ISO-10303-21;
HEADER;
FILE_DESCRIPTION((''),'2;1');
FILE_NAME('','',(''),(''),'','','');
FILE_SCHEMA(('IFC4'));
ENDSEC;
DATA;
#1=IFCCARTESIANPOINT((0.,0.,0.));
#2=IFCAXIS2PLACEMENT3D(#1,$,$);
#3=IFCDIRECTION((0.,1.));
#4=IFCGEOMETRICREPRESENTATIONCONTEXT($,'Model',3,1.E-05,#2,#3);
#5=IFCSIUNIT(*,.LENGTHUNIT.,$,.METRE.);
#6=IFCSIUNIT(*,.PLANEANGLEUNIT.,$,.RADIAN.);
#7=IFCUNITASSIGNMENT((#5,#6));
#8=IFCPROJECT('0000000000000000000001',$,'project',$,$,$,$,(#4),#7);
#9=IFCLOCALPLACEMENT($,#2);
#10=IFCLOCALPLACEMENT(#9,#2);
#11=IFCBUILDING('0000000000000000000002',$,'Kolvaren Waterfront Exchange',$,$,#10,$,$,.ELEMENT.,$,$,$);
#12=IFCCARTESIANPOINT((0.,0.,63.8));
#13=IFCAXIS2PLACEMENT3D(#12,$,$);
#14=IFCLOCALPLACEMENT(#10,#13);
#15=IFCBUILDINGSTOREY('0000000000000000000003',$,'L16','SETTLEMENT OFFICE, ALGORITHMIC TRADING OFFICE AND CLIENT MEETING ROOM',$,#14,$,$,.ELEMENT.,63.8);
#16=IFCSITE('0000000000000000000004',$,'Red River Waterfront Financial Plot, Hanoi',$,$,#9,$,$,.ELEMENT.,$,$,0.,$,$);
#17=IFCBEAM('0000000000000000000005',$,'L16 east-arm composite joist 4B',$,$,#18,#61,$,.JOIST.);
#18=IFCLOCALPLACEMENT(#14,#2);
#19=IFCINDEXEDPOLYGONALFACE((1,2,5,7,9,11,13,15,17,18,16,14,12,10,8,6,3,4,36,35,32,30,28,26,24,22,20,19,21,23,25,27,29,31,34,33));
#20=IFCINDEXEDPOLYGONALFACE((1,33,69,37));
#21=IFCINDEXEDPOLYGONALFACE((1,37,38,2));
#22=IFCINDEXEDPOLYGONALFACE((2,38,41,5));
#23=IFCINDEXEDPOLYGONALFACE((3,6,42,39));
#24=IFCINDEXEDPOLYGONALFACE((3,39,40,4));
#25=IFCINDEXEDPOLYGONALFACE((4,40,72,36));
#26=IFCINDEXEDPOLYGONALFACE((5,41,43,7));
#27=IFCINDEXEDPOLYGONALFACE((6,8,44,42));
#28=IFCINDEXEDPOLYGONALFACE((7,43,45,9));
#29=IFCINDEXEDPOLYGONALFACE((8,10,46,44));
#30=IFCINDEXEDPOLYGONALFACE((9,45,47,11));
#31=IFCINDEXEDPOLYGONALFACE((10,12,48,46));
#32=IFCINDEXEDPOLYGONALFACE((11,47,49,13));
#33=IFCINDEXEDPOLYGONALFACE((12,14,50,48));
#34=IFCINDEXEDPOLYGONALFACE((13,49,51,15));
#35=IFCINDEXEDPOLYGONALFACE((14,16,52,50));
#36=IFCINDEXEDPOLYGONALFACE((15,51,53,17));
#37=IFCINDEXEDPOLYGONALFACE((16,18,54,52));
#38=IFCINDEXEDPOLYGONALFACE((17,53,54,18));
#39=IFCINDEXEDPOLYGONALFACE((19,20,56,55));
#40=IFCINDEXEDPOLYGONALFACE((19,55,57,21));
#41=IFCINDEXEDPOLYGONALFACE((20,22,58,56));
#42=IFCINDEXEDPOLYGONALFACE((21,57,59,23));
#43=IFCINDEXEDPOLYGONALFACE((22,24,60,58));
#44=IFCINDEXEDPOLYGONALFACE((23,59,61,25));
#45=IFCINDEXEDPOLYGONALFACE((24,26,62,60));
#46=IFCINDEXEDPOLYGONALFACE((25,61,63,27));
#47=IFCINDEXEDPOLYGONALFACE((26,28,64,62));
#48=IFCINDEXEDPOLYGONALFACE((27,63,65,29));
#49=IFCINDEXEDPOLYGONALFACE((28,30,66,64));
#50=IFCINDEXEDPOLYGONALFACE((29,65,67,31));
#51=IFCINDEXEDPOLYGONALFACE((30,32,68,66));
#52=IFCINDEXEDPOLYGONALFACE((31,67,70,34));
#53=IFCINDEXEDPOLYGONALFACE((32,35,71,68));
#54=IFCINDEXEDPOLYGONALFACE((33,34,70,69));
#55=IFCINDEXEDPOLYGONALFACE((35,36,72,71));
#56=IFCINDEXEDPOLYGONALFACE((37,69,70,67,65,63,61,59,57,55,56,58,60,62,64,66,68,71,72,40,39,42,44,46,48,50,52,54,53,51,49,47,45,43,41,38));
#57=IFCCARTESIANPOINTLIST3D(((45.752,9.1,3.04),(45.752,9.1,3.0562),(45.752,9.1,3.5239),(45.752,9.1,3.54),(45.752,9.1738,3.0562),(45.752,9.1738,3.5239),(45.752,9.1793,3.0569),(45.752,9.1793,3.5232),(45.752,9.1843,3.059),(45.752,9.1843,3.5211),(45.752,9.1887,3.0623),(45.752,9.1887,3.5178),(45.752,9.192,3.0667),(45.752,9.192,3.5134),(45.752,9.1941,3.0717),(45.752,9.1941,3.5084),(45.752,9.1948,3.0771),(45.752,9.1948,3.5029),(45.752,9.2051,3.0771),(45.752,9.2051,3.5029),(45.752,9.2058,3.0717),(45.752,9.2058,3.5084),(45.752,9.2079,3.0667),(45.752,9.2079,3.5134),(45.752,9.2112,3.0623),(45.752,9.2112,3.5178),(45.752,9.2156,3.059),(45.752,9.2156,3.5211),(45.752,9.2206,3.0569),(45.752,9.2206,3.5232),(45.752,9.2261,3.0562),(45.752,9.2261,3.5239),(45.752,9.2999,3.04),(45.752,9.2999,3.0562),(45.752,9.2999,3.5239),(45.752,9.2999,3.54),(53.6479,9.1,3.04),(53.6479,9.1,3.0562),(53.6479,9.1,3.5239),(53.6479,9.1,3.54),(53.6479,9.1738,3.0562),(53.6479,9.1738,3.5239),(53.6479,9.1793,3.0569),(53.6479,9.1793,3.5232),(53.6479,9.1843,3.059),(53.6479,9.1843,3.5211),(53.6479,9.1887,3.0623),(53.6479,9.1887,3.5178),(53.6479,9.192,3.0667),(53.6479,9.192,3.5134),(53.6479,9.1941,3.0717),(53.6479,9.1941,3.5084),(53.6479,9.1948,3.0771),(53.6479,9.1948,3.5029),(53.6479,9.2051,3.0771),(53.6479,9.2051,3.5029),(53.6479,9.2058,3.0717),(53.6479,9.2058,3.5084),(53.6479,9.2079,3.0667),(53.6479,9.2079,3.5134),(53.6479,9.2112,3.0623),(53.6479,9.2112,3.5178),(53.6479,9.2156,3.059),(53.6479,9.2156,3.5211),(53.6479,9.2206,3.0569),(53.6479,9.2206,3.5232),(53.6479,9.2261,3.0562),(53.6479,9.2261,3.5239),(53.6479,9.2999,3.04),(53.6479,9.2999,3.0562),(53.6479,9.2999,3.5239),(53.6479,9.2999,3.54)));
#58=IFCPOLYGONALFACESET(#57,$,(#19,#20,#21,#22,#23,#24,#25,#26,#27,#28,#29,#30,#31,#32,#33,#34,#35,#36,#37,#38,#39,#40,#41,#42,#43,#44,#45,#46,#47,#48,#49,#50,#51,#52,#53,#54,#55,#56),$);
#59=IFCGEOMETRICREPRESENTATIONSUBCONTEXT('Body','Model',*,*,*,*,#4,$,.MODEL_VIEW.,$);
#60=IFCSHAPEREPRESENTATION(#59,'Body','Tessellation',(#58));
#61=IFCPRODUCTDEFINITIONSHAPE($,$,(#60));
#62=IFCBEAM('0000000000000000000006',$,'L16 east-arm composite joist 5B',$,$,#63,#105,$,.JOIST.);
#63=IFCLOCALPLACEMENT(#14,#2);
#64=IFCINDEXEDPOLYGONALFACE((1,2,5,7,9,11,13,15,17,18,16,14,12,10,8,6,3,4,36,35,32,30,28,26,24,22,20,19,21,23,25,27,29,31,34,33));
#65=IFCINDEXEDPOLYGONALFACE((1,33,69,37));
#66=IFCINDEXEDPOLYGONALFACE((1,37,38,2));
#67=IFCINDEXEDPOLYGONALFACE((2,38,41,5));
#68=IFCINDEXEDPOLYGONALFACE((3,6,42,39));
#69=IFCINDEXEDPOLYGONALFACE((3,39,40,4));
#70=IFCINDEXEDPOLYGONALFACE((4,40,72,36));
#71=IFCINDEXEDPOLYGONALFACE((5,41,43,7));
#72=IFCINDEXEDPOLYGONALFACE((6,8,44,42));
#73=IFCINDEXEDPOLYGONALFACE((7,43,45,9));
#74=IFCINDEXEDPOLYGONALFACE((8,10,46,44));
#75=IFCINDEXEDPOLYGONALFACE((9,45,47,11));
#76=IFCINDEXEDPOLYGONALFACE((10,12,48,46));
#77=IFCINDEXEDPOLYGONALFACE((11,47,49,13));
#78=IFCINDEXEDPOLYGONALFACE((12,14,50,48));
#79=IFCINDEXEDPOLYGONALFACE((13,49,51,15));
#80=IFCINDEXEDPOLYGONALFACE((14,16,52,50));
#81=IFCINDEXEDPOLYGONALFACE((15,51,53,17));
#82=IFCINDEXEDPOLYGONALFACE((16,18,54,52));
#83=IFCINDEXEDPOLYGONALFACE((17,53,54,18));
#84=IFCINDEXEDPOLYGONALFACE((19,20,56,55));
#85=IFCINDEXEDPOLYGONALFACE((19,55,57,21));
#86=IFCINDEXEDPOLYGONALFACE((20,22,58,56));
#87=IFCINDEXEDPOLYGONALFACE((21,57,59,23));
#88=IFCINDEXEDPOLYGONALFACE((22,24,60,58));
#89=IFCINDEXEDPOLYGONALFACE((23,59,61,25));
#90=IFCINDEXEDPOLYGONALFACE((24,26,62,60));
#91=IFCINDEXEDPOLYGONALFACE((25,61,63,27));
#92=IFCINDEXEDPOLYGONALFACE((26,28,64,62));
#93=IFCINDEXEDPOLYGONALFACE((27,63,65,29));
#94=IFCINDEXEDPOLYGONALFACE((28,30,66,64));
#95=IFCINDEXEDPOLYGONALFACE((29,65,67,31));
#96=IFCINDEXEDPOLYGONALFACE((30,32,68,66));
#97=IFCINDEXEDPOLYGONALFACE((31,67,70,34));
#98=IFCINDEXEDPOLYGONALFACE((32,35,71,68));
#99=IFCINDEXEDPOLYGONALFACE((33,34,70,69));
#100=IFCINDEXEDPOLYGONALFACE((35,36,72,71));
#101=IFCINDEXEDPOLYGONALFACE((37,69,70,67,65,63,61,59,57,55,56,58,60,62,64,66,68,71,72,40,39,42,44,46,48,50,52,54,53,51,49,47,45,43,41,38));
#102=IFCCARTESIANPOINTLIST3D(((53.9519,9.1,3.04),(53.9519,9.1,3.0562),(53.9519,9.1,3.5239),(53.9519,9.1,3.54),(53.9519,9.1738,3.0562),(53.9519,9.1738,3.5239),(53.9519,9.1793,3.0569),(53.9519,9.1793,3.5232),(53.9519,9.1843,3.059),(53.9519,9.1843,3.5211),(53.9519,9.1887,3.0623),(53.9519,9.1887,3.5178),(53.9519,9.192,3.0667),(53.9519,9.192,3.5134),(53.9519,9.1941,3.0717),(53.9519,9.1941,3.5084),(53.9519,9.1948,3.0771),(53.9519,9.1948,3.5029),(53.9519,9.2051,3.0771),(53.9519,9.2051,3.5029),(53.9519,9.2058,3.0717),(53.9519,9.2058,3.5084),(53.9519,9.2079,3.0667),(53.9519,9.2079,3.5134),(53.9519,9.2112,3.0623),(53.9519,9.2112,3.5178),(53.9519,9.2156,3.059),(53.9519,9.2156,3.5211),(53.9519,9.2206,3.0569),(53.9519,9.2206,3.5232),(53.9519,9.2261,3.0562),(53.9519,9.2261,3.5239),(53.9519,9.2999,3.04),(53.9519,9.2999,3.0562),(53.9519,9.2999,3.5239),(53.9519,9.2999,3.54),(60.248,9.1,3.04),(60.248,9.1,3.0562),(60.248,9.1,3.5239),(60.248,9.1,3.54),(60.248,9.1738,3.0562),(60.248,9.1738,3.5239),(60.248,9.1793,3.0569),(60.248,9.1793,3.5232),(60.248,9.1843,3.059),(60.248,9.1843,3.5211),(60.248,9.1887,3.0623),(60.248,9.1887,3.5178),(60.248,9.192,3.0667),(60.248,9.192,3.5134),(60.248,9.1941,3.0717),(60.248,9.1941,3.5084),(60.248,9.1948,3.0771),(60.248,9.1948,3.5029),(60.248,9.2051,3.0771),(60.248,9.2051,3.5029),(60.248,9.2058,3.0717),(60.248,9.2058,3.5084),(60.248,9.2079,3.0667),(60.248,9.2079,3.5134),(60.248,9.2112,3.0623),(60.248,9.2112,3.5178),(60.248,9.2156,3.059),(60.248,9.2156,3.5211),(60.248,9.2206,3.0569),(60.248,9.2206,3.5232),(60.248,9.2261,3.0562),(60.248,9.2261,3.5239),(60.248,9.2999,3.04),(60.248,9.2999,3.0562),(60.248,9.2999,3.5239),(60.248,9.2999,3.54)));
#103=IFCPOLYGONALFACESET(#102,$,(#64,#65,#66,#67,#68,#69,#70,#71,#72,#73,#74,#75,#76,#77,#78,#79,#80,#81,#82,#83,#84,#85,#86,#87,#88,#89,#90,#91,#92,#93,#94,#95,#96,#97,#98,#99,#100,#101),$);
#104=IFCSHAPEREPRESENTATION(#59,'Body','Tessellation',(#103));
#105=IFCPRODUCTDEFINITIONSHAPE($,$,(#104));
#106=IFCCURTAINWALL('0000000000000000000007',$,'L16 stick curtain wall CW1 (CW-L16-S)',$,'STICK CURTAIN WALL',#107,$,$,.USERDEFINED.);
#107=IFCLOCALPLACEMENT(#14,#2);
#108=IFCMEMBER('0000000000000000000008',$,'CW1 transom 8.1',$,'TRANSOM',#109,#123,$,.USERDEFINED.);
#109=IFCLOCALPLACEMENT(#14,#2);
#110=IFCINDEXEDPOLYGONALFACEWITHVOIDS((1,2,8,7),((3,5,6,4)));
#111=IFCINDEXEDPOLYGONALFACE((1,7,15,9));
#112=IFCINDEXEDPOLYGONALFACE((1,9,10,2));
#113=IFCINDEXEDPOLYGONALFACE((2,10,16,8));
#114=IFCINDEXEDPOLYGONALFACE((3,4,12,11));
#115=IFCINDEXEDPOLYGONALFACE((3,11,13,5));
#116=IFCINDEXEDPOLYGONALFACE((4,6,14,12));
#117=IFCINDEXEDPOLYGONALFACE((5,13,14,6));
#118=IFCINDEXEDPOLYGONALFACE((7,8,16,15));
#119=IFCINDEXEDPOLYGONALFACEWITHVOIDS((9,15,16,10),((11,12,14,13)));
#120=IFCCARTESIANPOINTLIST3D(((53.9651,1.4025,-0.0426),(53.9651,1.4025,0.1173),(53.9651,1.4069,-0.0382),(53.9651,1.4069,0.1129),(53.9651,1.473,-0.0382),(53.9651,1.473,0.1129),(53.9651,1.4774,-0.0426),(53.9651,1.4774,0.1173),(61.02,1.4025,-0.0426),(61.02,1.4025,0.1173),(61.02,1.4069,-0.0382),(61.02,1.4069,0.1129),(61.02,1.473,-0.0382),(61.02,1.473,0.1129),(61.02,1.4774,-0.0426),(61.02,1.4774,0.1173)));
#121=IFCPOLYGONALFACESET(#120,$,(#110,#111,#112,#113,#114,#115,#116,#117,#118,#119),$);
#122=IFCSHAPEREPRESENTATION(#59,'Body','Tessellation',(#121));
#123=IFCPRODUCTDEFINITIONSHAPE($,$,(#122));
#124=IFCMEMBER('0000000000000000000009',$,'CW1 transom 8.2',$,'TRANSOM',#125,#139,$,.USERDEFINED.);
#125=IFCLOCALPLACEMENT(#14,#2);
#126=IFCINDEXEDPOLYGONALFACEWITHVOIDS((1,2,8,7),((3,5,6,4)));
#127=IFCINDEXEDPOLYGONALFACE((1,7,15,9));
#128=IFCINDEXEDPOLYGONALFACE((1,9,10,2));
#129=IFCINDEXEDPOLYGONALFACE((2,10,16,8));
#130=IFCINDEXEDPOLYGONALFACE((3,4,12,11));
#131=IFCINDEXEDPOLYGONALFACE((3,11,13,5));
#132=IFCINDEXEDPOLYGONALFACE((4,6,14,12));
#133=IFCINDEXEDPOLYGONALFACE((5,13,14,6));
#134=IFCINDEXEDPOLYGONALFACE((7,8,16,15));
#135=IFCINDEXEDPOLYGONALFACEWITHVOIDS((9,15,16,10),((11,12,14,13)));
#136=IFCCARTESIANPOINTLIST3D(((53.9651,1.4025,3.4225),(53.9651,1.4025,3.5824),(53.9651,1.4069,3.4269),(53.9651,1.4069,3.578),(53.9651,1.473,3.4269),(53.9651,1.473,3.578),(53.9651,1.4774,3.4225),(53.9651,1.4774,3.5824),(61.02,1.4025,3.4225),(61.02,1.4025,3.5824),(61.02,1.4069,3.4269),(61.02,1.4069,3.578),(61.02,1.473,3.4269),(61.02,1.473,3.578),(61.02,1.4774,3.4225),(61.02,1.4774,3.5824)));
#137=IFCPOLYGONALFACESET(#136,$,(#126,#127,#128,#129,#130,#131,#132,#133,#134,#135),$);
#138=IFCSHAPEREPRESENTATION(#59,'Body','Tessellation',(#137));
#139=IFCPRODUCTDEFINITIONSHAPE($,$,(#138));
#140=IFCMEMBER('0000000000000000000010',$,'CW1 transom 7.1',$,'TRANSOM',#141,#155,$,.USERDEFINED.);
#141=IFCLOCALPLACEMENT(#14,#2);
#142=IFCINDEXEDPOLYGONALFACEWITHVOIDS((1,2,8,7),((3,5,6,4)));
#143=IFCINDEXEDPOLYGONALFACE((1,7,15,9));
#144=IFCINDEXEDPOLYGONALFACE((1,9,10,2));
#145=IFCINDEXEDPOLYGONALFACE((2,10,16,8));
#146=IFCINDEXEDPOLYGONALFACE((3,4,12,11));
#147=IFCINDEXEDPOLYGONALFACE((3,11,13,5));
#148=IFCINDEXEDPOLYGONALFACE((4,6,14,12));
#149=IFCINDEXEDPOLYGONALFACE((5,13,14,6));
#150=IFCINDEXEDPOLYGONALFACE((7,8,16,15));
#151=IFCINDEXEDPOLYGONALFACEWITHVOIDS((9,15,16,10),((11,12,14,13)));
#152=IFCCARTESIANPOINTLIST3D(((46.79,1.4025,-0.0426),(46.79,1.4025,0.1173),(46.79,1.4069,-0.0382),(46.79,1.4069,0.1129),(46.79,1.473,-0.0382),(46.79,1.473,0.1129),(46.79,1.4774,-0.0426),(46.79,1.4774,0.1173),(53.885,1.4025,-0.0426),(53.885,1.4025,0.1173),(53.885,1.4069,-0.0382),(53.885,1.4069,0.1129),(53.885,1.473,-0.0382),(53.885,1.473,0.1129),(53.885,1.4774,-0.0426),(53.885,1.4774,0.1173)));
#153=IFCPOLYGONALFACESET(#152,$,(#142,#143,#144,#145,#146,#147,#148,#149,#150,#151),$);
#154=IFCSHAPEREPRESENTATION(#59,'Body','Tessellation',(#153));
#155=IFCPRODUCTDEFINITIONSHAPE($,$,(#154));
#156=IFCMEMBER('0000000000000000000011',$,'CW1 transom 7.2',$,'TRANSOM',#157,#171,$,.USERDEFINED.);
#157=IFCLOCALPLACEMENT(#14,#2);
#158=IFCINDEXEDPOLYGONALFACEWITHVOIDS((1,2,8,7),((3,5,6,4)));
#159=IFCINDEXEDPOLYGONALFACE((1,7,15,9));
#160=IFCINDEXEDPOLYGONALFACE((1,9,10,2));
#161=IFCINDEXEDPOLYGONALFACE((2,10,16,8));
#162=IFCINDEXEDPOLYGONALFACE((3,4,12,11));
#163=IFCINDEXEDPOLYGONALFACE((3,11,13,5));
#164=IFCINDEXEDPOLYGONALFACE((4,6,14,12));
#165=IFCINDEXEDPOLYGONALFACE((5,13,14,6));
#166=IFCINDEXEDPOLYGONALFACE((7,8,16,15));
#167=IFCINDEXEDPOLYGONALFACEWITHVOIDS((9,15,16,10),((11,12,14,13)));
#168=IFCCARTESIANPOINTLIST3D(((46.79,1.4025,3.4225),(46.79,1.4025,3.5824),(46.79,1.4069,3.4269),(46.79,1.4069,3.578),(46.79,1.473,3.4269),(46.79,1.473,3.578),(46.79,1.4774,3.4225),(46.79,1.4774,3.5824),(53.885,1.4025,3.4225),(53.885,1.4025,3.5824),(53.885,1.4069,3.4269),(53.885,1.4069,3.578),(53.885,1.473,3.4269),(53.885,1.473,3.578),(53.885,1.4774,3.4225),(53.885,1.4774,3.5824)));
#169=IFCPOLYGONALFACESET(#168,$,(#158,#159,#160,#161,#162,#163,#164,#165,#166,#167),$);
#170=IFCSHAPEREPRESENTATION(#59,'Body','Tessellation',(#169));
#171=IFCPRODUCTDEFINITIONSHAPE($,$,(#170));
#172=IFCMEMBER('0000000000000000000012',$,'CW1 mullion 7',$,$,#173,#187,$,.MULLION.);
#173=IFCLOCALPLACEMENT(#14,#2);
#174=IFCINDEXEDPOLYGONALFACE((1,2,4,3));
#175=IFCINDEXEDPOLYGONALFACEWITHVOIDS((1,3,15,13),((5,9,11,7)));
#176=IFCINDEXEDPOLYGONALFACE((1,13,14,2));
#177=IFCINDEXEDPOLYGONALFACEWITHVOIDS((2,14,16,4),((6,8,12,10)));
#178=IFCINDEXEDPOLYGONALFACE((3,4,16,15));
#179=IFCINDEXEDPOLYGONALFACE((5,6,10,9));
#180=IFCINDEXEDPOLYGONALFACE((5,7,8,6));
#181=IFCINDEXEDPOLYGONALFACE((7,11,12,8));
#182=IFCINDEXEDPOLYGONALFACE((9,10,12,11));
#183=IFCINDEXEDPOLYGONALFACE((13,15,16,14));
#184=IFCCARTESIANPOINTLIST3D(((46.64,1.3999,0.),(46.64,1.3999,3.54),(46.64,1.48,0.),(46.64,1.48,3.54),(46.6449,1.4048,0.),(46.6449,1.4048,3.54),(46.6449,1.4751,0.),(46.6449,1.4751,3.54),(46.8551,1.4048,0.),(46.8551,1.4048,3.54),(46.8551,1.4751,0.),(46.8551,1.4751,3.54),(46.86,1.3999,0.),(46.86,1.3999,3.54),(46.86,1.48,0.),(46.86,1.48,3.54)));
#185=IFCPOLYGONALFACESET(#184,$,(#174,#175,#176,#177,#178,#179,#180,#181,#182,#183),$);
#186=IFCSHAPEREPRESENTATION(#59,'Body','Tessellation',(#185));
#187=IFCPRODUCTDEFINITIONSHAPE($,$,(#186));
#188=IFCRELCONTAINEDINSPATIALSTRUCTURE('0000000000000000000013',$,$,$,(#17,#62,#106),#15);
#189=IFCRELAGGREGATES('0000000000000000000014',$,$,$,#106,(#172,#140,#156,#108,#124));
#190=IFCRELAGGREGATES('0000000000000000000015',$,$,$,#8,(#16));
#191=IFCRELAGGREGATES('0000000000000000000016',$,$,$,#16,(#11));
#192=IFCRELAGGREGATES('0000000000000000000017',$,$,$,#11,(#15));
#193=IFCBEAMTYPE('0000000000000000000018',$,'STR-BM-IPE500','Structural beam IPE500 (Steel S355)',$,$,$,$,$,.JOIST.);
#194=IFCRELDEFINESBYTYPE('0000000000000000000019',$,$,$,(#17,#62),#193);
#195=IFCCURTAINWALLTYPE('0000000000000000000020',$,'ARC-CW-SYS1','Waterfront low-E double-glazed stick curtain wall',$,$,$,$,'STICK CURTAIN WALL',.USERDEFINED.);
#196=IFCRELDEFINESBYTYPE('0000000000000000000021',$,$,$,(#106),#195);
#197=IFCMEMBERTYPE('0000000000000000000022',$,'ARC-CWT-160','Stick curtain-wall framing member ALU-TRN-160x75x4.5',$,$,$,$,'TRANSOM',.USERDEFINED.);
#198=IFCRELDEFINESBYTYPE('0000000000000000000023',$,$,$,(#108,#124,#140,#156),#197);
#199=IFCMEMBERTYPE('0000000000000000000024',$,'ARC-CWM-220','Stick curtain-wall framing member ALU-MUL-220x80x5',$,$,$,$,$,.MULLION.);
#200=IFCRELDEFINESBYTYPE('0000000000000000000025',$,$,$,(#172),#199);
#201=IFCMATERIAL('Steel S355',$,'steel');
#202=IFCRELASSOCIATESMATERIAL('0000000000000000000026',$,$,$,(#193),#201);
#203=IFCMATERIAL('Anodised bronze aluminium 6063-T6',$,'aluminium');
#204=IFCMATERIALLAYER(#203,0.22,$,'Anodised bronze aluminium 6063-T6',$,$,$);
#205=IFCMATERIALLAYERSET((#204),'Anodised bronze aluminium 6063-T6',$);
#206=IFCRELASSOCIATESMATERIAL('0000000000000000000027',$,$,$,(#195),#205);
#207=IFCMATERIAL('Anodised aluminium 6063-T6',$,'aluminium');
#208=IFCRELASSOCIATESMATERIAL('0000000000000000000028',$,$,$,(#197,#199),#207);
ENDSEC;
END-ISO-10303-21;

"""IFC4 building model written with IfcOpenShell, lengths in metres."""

from ifc_helpers import new_model, si_unit, direction, frame, origin, origin_with_axes, origin_2d, place, context, subcontext, project, spatial, hollow_rectangle, i_section, extrude, source, transform, mapped, material, layer, layer_set, material_profile, profile_set, type_object, element, aggregate, save


model = new_model("IFC4")

# Units and contexts
model_context = context("Model", 3, precision=1e-05, world=origin(), true_north=direction((0.0, 1.0)))
body_context = subcontext(model_context, "Body", "Model", "MODEL_VIEW")
ifc_project = project(units=[si_unit("LENGTHUNIT", "METRE"), si_unit("PLANEANGLEUNIT", "RADIAN")], contexts=[model_context])

# Site, building, storey
site_placement = place(None, origin())
site = spatial("IfcSite", under=ifc_project, at=site_placement, Name="Red River Waterfront Financial Plot, Hanoi", CompositionType="ELEMENT", RefElevation=0.0)
building_placement = place(site_placement, origin())
building = spatial("IfcBuilding", under=site, at=building_placement, Name="Kolvaren Waterfront Exchange", CompositionType="ELEMENT")
storey_placement = place(building_placement, frame((0.0, 0.0, 63.8)))
storey = spatial("IfcBuildingStorey", under=building, at=storey_placement, Name="L16", Description="SETTLEMENT OFFICE, ALGORITHMIC TRADING OFFICE AND CLIENT MEETING ROOM", CompositionType="ELEMENT", Elevation=63.8)

# Beams
ifc_material_1 = material(Name="Steel S355", Category="steel")
ifc_material_profile_1 = material_profile(ifc_material_1, i_section(OverallWidth=0.2, OverallDepth=0.5, WebThickness=0.0103, FlangeThickness=0.0161, FilletRadius=0.021, at=origin_2d()), Name="IPE500")
ifc_profile_set_1 = profile_set([ifc_material_profile_1], Name="Steel S355")
beam_type_1 = type_object("IfcBeamType", Name="STR-BM-IPE500", Description="Structural beam IPE500 (Steel S355)", PredefinedType="JOIST", material=ifc_profile_set_1)
beam_1_placement = place(storey_placement, frame((45.752, 9.2, 3.29), z_axis=(1.0, 0.0, 0.0), x_axis=(0.0, 1.0, 0.0)))
element("IfcBeam", 1, at=beam_1_placement, inside=storey, type_object=beam_type_1, Name="L16 east-arm composite joist 4B", PredefinedType="JOIST", context=body_context, shape_type="SweptSolid", body=[
    extrude(i_section(OverallWidth=0.2, OverallDepth=0.5, WebThickness=0.0103, FlangeThickness=0.0161, FilletRadius=0.021, at=origin_2d()), origin(), (0.0, 0.0, 1.0), 7.896),
])
beam_2_placement = place(storey_placement, frame((53.9519, 9.2, 3.29), z_axis=(1.0, 0.0, 0.0), x_axis=(0.0, 1.0, 0.0)))
element("IfcBeam", 2, at=beam_2_placement, inside=storey, type_object=beam_type_1, Name="L16 east-arm composite joist 5B", PredefinedType="JOIST", context=body_context, shape_type="SweptSolid", body=[
    extrude(i_section(OverallWidth=0.2, OverallDepth=0.5, WebThickness=0.0103, FlangeThickness=0.0161, FilletRadius=0.021, at=origin_2d()), origin(), (0.0, 0.0, 1.0), 6.2961),
])

# Curtain wall, members
ifc_material_2 = material(Name="Anodised bronze aluminium 6063-T6", Category="aluminium")
ifc_layer_1 = layer(ifc_material_2, 0.22, Name="Anodised bronze aluminium 6063-T6")
ifc_layer_set_1 = layer_set([ifc_layer_1], Name="Anodised bronze aluminium 6063-T6")
curtain_wall_type = type_object("IfcCurtainWallType", Name="ARC-CW-SYS1", Description="Waterfront low-E double-glazed stick curtain wall", ElementType="STICK CURTAIN WALL", PredefinedType="USERDEFINED", material=ifc_layer_set_1)
curtain_wall_placement = place(storey_placement, origin())
curtain_wall = element("IfcCurtainWall", 3, at=curtain_wall_placement, inside=storey, type_object=curtain_wall_type, Name="L16 stick curtain wall CW1 (CW-L16-S)", ObjectType="STICK CURTAIN WALL", PredefinedType="USERDEFINED")
ifc_material_3 = material(Name="Anodised aluminium 6063-T6", Category="aluminium")
ifc_material_profile_2 = material_profile(ifc_material_3, hollow_rectangle(XDim=0.075, YDim=0.1599, WallThickness=0.0044, at=origin_2d()), Name="ALU-TRN-160x75x4.5")
ifc_profile_set_2 = profile_set([ifc_material_profile_2], Name="Anodised aluminium 6063-T6")
member_type_1 = type_object("IfcMemberType", Name="ARC-CWT-160", Description="Stick curtain-wall framing member ALU-TRN-160x75x4.5", ElementType="TRANSOM", PredefinedType="USERDEFINED", material=ifc_profile_set_2)
shared_shape_1 = source(origin_with_axes(), body_context, "Body", "SweptSolid", [
    extrude(hollow_rectangle(XDim=0.075, YDim=0.1599, WallThickness=0.0044, at=origin_2d()), origin(), (0.0, 0.0, 1.0), 7.0549),
])
member_1_placement = place(storey_placement, frame((53.9651, 1.4399, 0.0374), z_axis=(1.0, 0.0, 0.0), x_axis=(0.0, 1.0, 0.0)))
member_1 = element("IfcMember", 4, at=member_1_placement, type_object=member_type_1, Name="CW1 transom 8.1", ObjectType="TRANSOM", PredefinedType="USERDEFINED", context=body_context, shape_type="MappedRepresentation", body=[
    mapped(shared_shape_1, transform((0.0, 0.0, 0.0), x_axis=(1.0, 0.0, 0.0), y_axis=(0.0, 1.0, 0.0), z_axis=(0.0, 0.0, 1.0), scale=1.0)),
])
member_2_placement = place(storey_placement, frame((53.9651, 1.4399, 3.5024), z_axis=(1.0, 0.0, 0.0), x_axis=(0.0, 1.0, 0.0)))
member_2 = element("IfcMember", 5, at=member_2_placement, type_object=member_type_1, Name="CW1 transom 8.2", ObjectType="TRANSOM", PredefinedType="USERDEFINED", context=body_context, shape_type="MappedRepresentation", body=[
    mapped(shared_shape_1, transform((0.0, 0.0, 0.0), x_axis=(1.0, 0.0, 0.0), y_axis=(0.0, 1.0, 0.0), z_axis=(0.0, 0.0, 1.0), scale=1.0)),
])
shared_shape_2 = source(origin_with_axes(), body_context, "Body", "SweptSolid", [
    extrude(hollow_rectangle(XDim=0.075, YDim=0.1599, WallThickness=0.0044, at=origin_2d()), origin(), (0.0, 0.0, 1.0), 7.095),
])
member_3_placement = place(storey_placement, frame((46.79, 1.4399, 0.0374), z_axis=(1.0, 0.0, 0.0), x_axis=(0.0, 1.0, 0.0)))
member_3 = element("IfcMember", 6, at=member_3_placement, type_object=member_type_1, Name="CW1 transom 7.1", ObjectType="TRANSOM", PredefinedType="USERDEFINED", context=body_context, shape_type="MappedRepresentation", body=[
    mapped(shared_shape_2, transform((0.0, 0.0, 0.0), x_axis=(1.0, 0.0, 0.0), y_axis=(0.0, 1.0, 0.0), z_axis=(0.0, 0.0, 1.0), scale=1.0)),
])
member_4_placement = place(storey_placement, frame((46.79, 1.4399, 3.5024), z_axis=(1.0, 0.0, 0.0), x_axis=(0.0, 1.0, 0.0)))
member_4 = element("IfcMember", 7, at=member_4_placement, type_object=member_type_1, Name="CW1 transom 7.2", ObjectType="TRANSOM", PredefinedType="USERDEFINED", context=body_context, shape_type="MappedRepresentation", body=[
    mapped(shared_shape_2, transform((0.0, 0.0, 0.0), x_axis=(1.0, 0.0, 0.0), y_axis=(0.0, 1.0, 0.0), z_axis=(0.0, 0.0, 1.0), scale=1.0)),
])
ifc_material_profile_3 = material_profile(ifc_material_3, hollow_rectangle(XDim=0.0801, YDim=0.22, WallThickness=0.0049, at=origin_2d()), Name="ALU-MUL-220x80x5")
ifc_profile_set_3 = profile_set([ifc_material_profile_3], Name="Anodised aluminium 6063-T6")
member_type_2 = type_object("IfcMemberType", Name="ARC-CWM-220", Description="Stick curtain-wall framing member ALU-MUL-220x80x5", PredefinedType="MULLION", material=ifc_profile_set_3)
shared_shape_3 = source(origin_with_axes(), body_context, "Body", "SweptSolid", [
    extrude(hollow_rectangle(XDim=0.0801, YDim=0.22, WallThickness=0.0049, at=origin_2d()), origin(), (0.0, 0.0, 1.0), 3.54),
])
member_5_placement = place(storey_placement, frame((46.75, 1.4399, 0.0), z_axis=(0.0, 0.0, 1.0), x_axis=(0.0, 1.0, 0.0)))
member_5 = element("IfcMember", 8, at=member_5_placement, type_object=member_type_2, Name="CW1 mullion 7", PredefinedType="MULLION", context=body_context, shape_type="MappedRepresentation", body=[
    mapped(shared_shape_3, transform((0.0, 0.0, 0.0), x_axis=(1.0, 0.0, 0.0), y_axis=(0.0, 1.0, 0.0), z_axis=(0.0, 0.0, 1.0), scale=1.0)),
])
aggregate(curtain_wall, [member_5, member_3, member_4, member_1, member_2])

save(model, "model.ifc")
